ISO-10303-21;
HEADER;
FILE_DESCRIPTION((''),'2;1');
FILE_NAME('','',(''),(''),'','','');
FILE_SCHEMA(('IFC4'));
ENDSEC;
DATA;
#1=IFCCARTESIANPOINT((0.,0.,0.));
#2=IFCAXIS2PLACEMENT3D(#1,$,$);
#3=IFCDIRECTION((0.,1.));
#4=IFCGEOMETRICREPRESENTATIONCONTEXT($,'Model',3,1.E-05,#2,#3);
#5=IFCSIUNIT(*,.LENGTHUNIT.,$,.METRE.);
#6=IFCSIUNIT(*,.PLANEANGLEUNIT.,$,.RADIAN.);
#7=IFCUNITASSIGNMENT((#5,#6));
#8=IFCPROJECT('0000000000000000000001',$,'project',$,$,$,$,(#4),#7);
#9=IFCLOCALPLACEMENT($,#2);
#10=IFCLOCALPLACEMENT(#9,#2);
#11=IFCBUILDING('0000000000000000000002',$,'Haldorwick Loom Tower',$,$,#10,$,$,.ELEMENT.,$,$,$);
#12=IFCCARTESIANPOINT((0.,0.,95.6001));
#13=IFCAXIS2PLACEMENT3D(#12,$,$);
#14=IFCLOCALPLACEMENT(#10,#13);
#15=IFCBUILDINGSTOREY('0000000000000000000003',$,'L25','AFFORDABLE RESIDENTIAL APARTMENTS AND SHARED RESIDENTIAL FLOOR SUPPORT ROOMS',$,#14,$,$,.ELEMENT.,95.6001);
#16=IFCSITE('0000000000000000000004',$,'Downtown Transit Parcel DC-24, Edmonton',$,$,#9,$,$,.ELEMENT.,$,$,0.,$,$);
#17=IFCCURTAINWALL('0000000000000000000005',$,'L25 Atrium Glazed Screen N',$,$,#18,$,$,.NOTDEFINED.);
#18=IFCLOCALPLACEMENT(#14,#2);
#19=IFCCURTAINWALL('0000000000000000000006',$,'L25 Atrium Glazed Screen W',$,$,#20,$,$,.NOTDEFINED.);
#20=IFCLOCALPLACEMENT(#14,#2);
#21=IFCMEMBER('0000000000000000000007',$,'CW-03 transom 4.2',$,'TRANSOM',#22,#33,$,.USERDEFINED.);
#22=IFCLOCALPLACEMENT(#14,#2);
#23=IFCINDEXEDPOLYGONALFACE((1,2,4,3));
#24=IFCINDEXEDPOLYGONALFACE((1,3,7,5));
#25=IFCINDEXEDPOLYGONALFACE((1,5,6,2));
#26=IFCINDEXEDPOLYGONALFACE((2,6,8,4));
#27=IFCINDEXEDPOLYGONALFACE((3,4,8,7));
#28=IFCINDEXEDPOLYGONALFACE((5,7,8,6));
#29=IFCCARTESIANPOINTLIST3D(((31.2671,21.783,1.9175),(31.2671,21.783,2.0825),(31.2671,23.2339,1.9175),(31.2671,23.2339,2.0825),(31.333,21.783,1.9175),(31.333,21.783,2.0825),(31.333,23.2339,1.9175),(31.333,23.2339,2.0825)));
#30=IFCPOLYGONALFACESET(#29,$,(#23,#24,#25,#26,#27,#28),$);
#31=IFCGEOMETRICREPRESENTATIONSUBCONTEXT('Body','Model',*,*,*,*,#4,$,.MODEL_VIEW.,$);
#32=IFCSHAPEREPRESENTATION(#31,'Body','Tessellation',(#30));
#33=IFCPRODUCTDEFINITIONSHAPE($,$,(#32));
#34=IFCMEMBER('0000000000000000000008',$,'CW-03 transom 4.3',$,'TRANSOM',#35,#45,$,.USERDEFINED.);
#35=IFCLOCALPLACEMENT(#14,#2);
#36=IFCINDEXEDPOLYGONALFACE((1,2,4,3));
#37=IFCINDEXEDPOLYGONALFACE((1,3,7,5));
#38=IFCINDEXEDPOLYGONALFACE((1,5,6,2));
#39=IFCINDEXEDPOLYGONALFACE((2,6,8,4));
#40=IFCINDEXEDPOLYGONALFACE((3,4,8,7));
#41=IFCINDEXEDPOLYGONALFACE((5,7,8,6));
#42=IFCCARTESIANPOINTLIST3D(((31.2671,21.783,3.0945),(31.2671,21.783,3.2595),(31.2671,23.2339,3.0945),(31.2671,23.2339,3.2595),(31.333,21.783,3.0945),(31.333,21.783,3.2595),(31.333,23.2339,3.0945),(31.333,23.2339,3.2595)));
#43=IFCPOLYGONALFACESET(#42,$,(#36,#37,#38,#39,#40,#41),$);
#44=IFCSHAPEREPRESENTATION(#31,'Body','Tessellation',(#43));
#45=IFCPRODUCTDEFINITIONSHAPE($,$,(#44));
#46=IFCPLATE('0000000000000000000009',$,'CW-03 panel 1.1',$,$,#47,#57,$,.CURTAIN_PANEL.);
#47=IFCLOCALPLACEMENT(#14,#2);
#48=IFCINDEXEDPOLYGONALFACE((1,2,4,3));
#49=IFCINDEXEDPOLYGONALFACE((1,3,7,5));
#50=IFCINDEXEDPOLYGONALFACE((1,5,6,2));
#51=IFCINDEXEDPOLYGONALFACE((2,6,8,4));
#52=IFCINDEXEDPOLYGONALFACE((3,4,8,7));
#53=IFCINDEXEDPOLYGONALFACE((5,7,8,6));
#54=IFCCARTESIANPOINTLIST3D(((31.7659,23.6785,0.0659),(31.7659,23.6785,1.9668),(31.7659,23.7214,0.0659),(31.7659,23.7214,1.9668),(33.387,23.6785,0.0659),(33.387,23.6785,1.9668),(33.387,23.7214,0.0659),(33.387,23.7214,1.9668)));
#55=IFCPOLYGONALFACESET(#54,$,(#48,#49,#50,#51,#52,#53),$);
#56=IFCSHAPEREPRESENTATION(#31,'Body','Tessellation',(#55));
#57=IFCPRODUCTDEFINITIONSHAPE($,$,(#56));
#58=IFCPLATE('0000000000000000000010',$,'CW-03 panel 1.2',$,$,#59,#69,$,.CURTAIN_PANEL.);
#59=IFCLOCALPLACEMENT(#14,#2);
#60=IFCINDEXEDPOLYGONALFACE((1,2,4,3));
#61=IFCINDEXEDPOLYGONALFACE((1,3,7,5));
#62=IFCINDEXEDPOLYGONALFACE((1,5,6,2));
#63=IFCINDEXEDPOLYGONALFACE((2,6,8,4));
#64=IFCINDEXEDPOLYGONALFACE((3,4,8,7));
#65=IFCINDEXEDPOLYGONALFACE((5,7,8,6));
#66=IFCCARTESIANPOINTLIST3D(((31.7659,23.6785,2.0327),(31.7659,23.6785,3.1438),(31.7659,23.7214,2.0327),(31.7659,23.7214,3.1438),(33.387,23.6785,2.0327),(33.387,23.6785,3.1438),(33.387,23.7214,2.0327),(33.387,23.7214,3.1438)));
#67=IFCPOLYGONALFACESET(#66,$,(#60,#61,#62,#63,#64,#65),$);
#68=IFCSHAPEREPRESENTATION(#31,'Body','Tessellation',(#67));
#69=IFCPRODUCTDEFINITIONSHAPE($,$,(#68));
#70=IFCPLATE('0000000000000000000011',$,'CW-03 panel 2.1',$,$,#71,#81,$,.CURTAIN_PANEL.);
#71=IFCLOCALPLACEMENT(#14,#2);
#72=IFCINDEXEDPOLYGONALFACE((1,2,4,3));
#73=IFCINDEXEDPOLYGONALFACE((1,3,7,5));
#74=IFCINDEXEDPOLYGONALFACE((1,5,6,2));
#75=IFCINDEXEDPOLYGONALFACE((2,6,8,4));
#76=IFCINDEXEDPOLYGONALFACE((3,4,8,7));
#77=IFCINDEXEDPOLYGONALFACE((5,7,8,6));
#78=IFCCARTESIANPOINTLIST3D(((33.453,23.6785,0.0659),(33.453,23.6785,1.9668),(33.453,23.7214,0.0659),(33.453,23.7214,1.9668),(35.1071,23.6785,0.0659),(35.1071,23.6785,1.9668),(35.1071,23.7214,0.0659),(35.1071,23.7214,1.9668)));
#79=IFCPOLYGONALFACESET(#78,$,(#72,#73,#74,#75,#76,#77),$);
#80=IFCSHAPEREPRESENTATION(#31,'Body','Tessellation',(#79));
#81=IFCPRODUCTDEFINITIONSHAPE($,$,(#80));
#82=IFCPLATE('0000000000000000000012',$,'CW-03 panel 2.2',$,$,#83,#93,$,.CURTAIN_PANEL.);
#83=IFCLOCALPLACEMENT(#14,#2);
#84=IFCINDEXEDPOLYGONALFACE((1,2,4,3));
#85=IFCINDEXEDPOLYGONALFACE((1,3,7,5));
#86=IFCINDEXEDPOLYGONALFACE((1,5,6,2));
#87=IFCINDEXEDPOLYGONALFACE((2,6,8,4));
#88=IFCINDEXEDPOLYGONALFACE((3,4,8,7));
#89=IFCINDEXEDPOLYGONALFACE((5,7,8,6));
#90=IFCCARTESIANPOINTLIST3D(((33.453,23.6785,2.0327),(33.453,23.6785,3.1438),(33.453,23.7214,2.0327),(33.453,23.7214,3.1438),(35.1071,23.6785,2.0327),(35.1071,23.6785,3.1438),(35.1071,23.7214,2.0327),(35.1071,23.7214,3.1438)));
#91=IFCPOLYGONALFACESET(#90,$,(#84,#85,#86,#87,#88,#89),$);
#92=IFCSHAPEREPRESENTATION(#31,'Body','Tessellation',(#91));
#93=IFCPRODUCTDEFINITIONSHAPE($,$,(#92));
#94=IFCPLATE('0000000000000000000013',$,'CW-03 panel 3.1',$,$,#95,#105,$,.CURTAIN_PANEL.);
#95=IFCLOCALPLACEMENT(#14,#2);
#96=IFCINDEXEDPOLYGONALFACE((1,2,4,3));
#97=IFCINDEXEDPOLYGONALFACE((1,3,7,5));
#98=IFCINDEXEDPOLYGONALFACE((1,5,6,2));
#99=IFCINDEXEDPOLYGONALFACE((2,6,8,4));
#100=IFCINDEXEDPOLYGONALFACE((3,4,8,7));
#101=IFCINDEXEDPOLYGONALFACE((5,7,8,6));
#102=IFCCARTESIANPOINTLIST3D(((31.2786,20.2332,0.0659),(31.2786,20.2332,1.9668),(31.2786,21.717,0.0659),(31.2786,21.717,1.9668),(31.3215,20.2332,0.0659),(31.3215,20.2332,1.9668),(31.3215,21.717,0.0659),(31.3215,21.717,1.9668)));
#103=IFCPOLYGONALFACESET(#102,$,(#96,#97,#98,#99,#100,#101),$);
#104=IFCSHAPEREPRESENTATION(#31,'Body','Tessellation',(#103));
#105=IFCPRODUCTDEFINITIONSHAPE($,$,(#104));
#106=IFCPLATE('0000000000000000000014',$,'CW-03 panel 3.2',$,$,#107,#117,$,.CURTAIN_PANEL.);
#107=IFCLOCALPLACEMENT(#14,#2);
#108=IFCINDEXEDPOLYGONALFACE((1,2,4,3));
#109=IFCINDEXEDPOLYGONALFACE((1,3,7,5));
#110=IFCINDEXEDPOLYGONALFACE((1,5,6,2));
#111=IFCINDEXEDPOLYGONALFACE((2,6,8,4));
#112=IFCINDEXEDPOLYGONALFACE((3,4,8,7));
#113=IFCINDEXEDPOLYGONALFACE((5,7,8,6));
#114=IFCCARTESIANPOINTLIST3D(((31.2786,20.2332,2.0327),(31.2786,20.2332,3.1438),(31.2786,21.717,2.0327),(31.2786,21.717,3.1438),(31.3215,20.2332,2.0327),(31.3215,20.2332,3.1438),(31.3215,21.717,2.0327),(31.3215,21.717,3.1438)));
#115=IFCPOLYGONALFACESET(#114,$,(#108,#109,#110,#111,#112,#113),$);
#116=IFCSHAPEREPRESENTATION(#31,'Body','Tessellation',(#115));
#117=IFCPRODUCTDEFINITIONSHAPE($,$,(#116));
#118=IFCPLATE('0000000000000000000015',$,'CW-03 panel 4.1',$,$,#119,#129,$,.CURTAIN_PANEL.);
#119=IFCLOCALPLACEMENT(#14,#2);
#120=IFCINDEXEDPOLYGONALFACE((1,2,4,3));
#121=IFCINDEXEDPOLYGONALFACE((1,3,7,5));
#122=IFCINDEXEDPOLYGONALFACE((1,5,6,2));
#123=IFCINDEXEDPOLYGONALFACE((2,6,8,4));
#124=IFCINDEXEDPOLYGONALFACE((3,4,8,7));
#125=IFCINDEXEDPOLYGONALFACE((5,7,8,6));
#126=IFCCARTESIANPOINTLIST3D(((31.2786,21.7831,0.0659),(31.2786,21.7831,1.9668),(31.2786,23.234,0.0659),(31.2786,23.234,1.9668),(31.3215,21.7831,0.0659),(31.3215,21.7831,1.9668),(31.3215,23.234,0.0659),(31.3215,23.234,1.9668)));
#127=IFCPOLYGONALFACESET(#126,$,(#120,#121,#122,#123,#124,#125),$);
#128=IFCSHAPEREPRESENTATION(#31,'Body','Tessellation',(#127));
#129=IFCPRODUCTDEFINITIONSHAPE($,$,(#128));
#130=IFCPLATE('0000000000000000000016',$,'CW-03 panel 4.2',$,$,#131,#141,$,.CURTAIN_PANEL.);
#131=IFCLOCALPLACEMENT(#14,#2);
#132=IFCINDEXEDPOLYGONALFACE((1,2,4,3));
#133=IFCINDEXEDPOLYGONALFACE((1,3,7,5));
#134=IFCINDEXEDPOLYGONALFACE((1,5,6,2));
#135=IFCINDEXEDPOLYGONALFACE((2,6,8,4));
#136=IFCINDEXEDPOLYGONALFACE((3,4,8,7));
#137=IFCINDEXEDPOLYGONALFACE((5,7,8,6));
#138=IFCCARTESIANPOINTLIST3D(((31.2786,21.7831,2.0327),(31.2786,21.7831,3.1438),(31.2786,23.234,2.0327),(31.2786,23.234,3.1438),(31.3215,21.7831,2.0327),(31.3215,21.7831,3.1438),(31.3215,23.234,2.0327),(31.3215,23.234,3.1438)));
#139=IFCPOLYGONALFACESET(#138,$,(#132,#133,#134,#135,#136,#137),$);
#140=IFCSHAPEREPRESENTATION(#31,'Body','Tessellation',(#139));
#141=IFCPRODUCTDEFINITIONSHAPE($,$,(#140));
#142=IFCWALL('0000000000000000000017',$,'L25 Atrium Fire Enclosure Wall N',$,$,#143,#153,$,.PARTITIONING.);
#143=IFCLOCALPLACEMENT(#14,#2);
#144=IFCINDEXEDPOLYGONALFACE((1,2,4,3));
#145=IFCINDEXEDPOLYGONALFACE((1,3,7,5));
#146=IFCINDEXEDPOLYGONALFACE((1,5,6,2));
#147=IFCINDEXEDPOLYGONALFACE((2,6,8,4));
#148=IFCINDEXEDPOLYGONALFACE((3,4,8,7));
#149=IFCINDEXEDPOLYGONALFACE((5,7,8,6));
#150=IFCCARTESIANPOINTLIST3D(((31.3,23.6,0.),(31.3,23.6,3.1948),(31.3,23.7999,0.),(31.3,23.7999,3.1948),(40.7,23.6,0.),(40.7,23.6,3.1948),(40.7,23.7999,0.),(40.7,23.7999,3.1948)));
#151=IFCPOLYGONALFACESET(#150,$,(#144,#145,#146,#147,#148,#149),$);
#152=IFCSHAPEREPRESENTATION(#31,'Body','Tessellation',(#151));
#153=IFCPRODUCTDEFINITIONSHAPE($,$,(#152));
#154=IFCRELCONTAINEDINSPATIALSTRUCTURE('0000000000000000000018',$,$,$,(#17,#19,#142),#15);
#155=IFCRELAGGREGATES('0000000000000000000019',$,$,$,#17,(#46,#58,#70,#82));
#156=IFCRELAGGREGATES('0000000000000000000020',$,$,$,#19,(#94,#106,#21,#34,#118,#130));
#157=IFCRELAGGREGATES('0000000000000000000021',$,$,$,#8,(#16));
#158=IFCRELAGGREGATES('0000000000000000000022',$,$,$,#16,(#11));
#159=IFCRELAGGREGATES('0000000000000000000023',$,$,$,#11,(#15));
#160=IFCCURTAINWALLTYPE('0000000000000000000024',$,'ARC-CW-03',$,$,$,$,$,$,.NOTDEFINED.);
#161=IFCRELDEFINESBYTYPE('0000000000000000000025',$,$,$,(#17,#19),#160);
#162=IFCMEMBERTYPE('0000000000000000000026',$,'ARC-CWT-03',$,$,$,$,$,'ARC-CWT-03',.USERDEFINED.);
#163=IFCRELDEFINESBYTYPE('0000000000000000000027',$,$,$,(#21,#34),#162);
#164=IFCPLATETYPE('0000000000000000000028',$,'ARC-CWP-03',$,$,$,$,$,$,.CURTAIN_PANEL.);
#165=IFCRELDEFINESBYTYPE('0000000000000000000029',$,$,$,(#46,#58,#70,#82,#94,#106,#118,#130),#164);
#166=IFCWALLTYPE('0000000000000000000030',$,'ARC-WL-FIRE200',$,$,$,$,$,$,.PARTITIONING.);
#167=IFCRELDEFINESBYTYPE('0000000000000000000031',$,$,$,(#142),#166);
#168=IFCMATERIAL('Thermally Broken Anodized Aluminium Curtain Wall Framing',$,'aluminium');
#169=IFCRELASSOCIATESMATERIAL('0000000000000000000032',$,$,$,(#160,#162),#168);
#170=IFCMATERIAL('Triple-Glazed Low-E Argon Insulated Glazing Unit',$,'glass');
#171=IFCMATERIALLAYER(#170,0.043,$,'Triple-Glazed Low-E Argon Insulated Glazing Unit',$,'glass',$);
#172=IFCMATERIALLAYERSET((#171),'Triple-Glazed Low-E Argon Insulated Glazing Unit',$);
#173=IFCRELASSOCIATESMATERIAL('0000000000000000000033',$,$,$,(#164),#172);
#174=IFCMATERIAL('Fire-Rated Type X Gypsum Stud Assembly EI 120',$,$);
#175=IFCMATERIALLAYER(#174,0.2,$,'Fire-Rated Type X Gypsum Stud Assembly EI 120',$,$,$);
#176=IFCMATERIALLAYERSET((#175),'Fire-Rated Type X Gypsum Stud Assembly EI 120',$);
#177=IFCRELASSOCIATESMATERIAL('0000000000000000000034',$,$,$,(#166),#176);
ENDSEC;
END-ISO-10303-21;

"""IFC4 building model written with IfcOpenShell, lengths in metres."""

from ifc_helpers import new_model, si_unit, direction, frame, frame_2d, origin, origin_2d, place, context, subcontext, project, spatial, rectangle, extrude, material, layer, layer_set, material_profile, profile_set, type_object, element, aggregate, save


model = new_model("IFC4")

# Units and contexts
model_context = context("Model", 3, precision=1e-05, world=origin(), true_north=direction((0.0, 1.0)))
body_context = subcontext(model_context, "Body", "Model", "MODEL_VIEW")
ifc_project = project(units=[si_unit("LENGTHUNIT", "METRE"), si_unit("PLANEANGLEUNIT", "RADIAN")], contexts=[model_context])

# Site, building, storey
site_placement = place(None, origin())
site = spatial("IfcSite", under=ifc_project, at=site_placement, Name="Downtown Transit Parcel DC-24, Edmonton", CompositionType="ELEMENT", RefElevation=0.0)
building_placement = place(site_placement, origin())
building = spatial("IfcBuilding", under=site, at=building_placement, Name="Haldorwick Loom Tower", CompositionType="ELEMENT")
storey_placement = place(building_placement, frame((0.0, 0.0, 95.6001)))
storey = spatial("IfcBuildingStorey", under=building, at=storey_placement, Name="L25", Description="AFFORDABLE RESIDENTIAL APARTMENTS AND SHARED RESIDENTIAL FLOOR SUPPORT ROOMS", CompositionType="ELEMENT", Elevation=95.6001)

# Curtain walls
ifc_material_1 = material(Name="Thermally Broken Anodized Aluminium Curtain Wall Framing", Category="aluminium")
curtain_wall_type = type_object("IfcCurtainWallType", Name="ARC-CW-03", PredefinedType="NOTDEFINED", material=ifc_material_1)
curtain_wall_1_placement = place(storey_placement, origin())
curtain_wall_1 = element("IfcCurtainWall", 1, at=curtain_wall_1_placement, inside=storey, type_object=curtain_wall_type, Name="L25 Atrium Glazed Screen N", PredefinedType="NOTDEFINED")
curtain_wall_2_placement = place(storey_placement, origin())
curtain_wall_2 = element("IfcCurtainWall", 2, at=curtain_wall_2_placement, inside=storey, type_object=curtain_wall_type, Name="L25 Atrium Glazed Screen W", PredefinedType="NOTDEFINED")

# Members
ifc_material_profile_1 = material_profile(ifc_material_1, rectangle(XDim=0.0659, YDim=0.165, at=origin_2d()), Name="ALU_TRN_66X165", Category="aluminium")
ifc_profile_set_1 = profile_set([ifc_material_profile_1], Name="Thermally Broken Anodized Aluminium Curtain Wall Framing")
member_type_1 = type_object("IfcMemberType", Name="ARC-CWT-03", ElementType="ARC-CWT-03", PredefinedType="USERDEFINED", material=ifc_profile_set_1)
member_1_placement = place(storey_placement, frame((31.3, 21.783, 2.0), z_axis=(0.0, 1.0, 0.0), x_axis=(-1.0, 0.0, 0.0)))
member_1 = element("IfcMember", 3, at=member_1_placement, type_object=member_type_1, Name="CW-03 transom 4.2", ObjectType="TRANSOM", PredefinedType="USERDEFINED", context=body_context, shape_type="SweptSolid", body=[
    extrude(rectangle(XDim=0.0659, YDim=0.165, at=origin_2d()), origin(), (0.0, 0.0, 1.0), 1.4509),
])
member_2_placement = place(storey_placement, frame((31.3, 21.783, 3.177), z_axis=(0.0, 1.0, 0.0), x_axis=(-1.0, 0.0, 0.0)))
member_2 = element("IfcMember", 4, at=member_2_placement, type_object=member_type_1, Name="CW-03 transom 4.3", ObjectType="TRANSOM", PredefinedType="USERDEFINED", context=body_context, shape_type="SweptSolid", body=[
    extrude(rectangle(XDim=0.0659, YDim=0.165, at=origin_2d()), origin(), (0.0, 0.0, 1.0), 1.4509),
])

# Plates
ifc_material_2 = material(Name="Triple-Glazed Low-E Argon Insulated Glazing Unit", Category="glass")
ifc_layer_1 = layer(ifc_material_2, 0.043, Name="Triple-Glazed Low-E Argon Insulated Glazing Unit", Category="glass")
ifc_layer_set_1 = layer_set([ifc_layer_1], Name="Triple-Glazed Low-E Argon Insulated Glazing Unit")
plate_type = type_object("IfcPlateType", Name="ARC-CWP-03", PredefinedType="CURTAIN_PANEL", material=ifc_layer_set_1)
plate_1_placement = place(storey_placement, frame((32.5764, 23.7, 0.0659), z_axis=(0.0, 0.0, 1.0), x_axis=(1.0, 0.0, 0.0)))
plate_1 = element("IfcPlate", 5, at=plate_1_placement, type_object=plate_type, Name="CW-03 panel 1.1", PredefinedType="CURTAIN_PANEL", context=body_context, shape_type="SweptSolid", body=[
    extrude(rectangle(XDim=1.6211, YDim=0.043, at=origin_2d()), origin(), (0.0, 0.0, 1.0), 1.9009),
])
plate_2_placement = place(storey_placement, frame((32.5764, 23.7, 2.0327), z_axis=(0.0, 0.0, 1.0), x_axis=(1.0, 0.0, 0.0)))
plate_2 = element("IfcPlate", 6, at=plate_2_placement, type_object=plate_type, Name="CW-03 panel 1.2", PredefinedType="CURTAIN_PANEL", context=body_context, shape_type="SweptSolid", body=[
    extrude(rectangle(XDim=1.6211, YDim=0.043, at=origin_2d()), origin(), (0.0, 0.0, 1.0), 1.1111),
])
plate_3_placement = place(storey_placement, frame((34.28, 23.7, 0.0659), z_axis=(0.0, 0.0, 1.0), x_axis=(1.0, 0.0, 0.0)))
plate_3 = element("IfcPlate", 7, at=plate_3_placement, type_object=plate_type, Name="CW-03 panel 2.1", PredefinedType="CURTAIN_PANEL", context=body_context, shape_type="SweptSolid", body=[
    extrude(rectangle(XDim=1.6541, YDim=0.043, at=origin_2d()), origin(), (0.0, 0.0, 1.0), 1.9009),
])
plate_4_placement = place(storey_placement, frame((34.28, 23.7, 2.0327), z_axis=(0.0, 0.0, 1.0), x_axis=(1.0, 0.0, 0.0)))
plate_4 = element("IfcPlate", 8, at=plate_4_placement, type_object=plate_type, Name="CW-03 panel 2.2", PredefinedType="CURTAIN_PANEL", context=body_context, shape_type="SweptSolid", body=[
    extrude(rectangle(XDim=1.6541, YDim=0.043, at=origin_2d()), origin(), (0.0, 0.0, 1.0), 1.1111),
])
aggregate(curtain_wall_1, [plate_1, plate_2, plate_3, plate_4])
plate_5_placement = place(storey_placement, frame((31.3, 20.9751, 0.0659), z_axis=(0.0, 0.0, 1.0), x_axis=(0.0, 1.0, 0.0)))
plate_5 = element("IfcPlate", 9, at=plate_5_placement, type_object=plate_type, Name="CW-03 panel 3.1", PredefinedType="CURTAIN_PANEL", context=body_context, shape_type="SweptSolid", body=[
    extrude(rectangle(XDim=1.4839, YDim=0.043, at=origin_2d()), origin(), (0.0, 0.0, 1.0), 1.9009),
])
plate_6_placement = place(storey_placement, frame((31.3, 20.9751, 2.0327), z_axis=(0.0, 0.0, 1.0), x_axis=(0.0, 1.0, 0.0)))
plate_6 = element("IfcPlate", 10, at=plate_6_placement, type_object=plate_type, Name="CW-03 panel 3.2", PredefinedType="CURTAIN_PANEL", context=body_context, shape_type="SweptSolid", body=[
    extrude(rectangle(XDim=1.4839, YDim=0.043, at=origin_2d()), origin(), (0.0, 0.0, 1.0), 1.1111),
])
plate_7_placement = place(storey_placement, frame((31.3, 22.5085, 0.0659), z_axis=(0.0, 0.0, 1.0), x_axis=(0.0, 1.0, 0.0)))
plate_7 = element("IfcPlate", 11, at=plate_7_placement, type_object=plate_type, Name="CW-03 panel 4.1", PredefinedType="CURTAIN_PANEL", context=body_context, shape_type="SweptSolid", body=[
    extrude(rectangle(XDim=1.4509, YDim=0.043, at=origin_2d()), origin(), (0.0, 0.0, 1.0), 1.9009),
])
plate_8_placement = place(storey_placement, frame((31.3, 22.5085, 2.0327), z_axis=(0.0, 0.0, 1.0), x_axis=(0.0, 1.0, 0.0)))
plate_8 = element("IfcPlate", 12, at=plate_8_placement, type_object=plate_type, Name="CW-03 panel 4.2", PredefinedType="CURTAIN_PANEL", context=body_context, shape_type="SweptSolid", body=[
    extrude(rectangle(XDim=1.4509, YDim=0.043, at=origin_2d()), origin(), (0.0, 0.0, 1.0), 1.1111),
])
aggregate(curtain_wall_2, [plate_5, plate_6, member_1, member_2, plate_7, plate_8])

# Wall
ifc_material_3 = material(Name="Fire-Rated Type X Gypsum Stud Assembly EI 120")
ifc_layer_2 = layer(ifc_material_3, 0.2, Name="Fire-Rated Type X Gypsum Stud Assembly EI 120")
ifc_layer_set_2 = layer_set([ifc_layer_2], Name="Fire-Rated Type X Gypsum Stud Assembly EI 120")
wall_type = type_object("IfcWallType", Name="ARC-WL-FIRE200", PredefinedType="PARTITIONING", material=ifc_layer_set_2)
wall_placement = place(storey_placement, frame((31.3, 23.7, 0.0), z_axis=(0.0, 0.0, 1.0), x_axis=(1.0, 0.0, 0.0)))
element("IfcWall", 13, at=wall_placement, inside=storey, type_object=wall_type, Name="L25 Atrium Fire Enclosure Wall N", PredefinedType="PARTITIONING", context=body_context, shape_type="SweptSolid", body=[
    extrude(rectangle(XDim=9.3999, YDim=0.2, at=frame_2d((4.7, 0.0))), origin(), (0.0, 0.0, 1.0), 3.1948),
])

save(model, "model.ifc")
